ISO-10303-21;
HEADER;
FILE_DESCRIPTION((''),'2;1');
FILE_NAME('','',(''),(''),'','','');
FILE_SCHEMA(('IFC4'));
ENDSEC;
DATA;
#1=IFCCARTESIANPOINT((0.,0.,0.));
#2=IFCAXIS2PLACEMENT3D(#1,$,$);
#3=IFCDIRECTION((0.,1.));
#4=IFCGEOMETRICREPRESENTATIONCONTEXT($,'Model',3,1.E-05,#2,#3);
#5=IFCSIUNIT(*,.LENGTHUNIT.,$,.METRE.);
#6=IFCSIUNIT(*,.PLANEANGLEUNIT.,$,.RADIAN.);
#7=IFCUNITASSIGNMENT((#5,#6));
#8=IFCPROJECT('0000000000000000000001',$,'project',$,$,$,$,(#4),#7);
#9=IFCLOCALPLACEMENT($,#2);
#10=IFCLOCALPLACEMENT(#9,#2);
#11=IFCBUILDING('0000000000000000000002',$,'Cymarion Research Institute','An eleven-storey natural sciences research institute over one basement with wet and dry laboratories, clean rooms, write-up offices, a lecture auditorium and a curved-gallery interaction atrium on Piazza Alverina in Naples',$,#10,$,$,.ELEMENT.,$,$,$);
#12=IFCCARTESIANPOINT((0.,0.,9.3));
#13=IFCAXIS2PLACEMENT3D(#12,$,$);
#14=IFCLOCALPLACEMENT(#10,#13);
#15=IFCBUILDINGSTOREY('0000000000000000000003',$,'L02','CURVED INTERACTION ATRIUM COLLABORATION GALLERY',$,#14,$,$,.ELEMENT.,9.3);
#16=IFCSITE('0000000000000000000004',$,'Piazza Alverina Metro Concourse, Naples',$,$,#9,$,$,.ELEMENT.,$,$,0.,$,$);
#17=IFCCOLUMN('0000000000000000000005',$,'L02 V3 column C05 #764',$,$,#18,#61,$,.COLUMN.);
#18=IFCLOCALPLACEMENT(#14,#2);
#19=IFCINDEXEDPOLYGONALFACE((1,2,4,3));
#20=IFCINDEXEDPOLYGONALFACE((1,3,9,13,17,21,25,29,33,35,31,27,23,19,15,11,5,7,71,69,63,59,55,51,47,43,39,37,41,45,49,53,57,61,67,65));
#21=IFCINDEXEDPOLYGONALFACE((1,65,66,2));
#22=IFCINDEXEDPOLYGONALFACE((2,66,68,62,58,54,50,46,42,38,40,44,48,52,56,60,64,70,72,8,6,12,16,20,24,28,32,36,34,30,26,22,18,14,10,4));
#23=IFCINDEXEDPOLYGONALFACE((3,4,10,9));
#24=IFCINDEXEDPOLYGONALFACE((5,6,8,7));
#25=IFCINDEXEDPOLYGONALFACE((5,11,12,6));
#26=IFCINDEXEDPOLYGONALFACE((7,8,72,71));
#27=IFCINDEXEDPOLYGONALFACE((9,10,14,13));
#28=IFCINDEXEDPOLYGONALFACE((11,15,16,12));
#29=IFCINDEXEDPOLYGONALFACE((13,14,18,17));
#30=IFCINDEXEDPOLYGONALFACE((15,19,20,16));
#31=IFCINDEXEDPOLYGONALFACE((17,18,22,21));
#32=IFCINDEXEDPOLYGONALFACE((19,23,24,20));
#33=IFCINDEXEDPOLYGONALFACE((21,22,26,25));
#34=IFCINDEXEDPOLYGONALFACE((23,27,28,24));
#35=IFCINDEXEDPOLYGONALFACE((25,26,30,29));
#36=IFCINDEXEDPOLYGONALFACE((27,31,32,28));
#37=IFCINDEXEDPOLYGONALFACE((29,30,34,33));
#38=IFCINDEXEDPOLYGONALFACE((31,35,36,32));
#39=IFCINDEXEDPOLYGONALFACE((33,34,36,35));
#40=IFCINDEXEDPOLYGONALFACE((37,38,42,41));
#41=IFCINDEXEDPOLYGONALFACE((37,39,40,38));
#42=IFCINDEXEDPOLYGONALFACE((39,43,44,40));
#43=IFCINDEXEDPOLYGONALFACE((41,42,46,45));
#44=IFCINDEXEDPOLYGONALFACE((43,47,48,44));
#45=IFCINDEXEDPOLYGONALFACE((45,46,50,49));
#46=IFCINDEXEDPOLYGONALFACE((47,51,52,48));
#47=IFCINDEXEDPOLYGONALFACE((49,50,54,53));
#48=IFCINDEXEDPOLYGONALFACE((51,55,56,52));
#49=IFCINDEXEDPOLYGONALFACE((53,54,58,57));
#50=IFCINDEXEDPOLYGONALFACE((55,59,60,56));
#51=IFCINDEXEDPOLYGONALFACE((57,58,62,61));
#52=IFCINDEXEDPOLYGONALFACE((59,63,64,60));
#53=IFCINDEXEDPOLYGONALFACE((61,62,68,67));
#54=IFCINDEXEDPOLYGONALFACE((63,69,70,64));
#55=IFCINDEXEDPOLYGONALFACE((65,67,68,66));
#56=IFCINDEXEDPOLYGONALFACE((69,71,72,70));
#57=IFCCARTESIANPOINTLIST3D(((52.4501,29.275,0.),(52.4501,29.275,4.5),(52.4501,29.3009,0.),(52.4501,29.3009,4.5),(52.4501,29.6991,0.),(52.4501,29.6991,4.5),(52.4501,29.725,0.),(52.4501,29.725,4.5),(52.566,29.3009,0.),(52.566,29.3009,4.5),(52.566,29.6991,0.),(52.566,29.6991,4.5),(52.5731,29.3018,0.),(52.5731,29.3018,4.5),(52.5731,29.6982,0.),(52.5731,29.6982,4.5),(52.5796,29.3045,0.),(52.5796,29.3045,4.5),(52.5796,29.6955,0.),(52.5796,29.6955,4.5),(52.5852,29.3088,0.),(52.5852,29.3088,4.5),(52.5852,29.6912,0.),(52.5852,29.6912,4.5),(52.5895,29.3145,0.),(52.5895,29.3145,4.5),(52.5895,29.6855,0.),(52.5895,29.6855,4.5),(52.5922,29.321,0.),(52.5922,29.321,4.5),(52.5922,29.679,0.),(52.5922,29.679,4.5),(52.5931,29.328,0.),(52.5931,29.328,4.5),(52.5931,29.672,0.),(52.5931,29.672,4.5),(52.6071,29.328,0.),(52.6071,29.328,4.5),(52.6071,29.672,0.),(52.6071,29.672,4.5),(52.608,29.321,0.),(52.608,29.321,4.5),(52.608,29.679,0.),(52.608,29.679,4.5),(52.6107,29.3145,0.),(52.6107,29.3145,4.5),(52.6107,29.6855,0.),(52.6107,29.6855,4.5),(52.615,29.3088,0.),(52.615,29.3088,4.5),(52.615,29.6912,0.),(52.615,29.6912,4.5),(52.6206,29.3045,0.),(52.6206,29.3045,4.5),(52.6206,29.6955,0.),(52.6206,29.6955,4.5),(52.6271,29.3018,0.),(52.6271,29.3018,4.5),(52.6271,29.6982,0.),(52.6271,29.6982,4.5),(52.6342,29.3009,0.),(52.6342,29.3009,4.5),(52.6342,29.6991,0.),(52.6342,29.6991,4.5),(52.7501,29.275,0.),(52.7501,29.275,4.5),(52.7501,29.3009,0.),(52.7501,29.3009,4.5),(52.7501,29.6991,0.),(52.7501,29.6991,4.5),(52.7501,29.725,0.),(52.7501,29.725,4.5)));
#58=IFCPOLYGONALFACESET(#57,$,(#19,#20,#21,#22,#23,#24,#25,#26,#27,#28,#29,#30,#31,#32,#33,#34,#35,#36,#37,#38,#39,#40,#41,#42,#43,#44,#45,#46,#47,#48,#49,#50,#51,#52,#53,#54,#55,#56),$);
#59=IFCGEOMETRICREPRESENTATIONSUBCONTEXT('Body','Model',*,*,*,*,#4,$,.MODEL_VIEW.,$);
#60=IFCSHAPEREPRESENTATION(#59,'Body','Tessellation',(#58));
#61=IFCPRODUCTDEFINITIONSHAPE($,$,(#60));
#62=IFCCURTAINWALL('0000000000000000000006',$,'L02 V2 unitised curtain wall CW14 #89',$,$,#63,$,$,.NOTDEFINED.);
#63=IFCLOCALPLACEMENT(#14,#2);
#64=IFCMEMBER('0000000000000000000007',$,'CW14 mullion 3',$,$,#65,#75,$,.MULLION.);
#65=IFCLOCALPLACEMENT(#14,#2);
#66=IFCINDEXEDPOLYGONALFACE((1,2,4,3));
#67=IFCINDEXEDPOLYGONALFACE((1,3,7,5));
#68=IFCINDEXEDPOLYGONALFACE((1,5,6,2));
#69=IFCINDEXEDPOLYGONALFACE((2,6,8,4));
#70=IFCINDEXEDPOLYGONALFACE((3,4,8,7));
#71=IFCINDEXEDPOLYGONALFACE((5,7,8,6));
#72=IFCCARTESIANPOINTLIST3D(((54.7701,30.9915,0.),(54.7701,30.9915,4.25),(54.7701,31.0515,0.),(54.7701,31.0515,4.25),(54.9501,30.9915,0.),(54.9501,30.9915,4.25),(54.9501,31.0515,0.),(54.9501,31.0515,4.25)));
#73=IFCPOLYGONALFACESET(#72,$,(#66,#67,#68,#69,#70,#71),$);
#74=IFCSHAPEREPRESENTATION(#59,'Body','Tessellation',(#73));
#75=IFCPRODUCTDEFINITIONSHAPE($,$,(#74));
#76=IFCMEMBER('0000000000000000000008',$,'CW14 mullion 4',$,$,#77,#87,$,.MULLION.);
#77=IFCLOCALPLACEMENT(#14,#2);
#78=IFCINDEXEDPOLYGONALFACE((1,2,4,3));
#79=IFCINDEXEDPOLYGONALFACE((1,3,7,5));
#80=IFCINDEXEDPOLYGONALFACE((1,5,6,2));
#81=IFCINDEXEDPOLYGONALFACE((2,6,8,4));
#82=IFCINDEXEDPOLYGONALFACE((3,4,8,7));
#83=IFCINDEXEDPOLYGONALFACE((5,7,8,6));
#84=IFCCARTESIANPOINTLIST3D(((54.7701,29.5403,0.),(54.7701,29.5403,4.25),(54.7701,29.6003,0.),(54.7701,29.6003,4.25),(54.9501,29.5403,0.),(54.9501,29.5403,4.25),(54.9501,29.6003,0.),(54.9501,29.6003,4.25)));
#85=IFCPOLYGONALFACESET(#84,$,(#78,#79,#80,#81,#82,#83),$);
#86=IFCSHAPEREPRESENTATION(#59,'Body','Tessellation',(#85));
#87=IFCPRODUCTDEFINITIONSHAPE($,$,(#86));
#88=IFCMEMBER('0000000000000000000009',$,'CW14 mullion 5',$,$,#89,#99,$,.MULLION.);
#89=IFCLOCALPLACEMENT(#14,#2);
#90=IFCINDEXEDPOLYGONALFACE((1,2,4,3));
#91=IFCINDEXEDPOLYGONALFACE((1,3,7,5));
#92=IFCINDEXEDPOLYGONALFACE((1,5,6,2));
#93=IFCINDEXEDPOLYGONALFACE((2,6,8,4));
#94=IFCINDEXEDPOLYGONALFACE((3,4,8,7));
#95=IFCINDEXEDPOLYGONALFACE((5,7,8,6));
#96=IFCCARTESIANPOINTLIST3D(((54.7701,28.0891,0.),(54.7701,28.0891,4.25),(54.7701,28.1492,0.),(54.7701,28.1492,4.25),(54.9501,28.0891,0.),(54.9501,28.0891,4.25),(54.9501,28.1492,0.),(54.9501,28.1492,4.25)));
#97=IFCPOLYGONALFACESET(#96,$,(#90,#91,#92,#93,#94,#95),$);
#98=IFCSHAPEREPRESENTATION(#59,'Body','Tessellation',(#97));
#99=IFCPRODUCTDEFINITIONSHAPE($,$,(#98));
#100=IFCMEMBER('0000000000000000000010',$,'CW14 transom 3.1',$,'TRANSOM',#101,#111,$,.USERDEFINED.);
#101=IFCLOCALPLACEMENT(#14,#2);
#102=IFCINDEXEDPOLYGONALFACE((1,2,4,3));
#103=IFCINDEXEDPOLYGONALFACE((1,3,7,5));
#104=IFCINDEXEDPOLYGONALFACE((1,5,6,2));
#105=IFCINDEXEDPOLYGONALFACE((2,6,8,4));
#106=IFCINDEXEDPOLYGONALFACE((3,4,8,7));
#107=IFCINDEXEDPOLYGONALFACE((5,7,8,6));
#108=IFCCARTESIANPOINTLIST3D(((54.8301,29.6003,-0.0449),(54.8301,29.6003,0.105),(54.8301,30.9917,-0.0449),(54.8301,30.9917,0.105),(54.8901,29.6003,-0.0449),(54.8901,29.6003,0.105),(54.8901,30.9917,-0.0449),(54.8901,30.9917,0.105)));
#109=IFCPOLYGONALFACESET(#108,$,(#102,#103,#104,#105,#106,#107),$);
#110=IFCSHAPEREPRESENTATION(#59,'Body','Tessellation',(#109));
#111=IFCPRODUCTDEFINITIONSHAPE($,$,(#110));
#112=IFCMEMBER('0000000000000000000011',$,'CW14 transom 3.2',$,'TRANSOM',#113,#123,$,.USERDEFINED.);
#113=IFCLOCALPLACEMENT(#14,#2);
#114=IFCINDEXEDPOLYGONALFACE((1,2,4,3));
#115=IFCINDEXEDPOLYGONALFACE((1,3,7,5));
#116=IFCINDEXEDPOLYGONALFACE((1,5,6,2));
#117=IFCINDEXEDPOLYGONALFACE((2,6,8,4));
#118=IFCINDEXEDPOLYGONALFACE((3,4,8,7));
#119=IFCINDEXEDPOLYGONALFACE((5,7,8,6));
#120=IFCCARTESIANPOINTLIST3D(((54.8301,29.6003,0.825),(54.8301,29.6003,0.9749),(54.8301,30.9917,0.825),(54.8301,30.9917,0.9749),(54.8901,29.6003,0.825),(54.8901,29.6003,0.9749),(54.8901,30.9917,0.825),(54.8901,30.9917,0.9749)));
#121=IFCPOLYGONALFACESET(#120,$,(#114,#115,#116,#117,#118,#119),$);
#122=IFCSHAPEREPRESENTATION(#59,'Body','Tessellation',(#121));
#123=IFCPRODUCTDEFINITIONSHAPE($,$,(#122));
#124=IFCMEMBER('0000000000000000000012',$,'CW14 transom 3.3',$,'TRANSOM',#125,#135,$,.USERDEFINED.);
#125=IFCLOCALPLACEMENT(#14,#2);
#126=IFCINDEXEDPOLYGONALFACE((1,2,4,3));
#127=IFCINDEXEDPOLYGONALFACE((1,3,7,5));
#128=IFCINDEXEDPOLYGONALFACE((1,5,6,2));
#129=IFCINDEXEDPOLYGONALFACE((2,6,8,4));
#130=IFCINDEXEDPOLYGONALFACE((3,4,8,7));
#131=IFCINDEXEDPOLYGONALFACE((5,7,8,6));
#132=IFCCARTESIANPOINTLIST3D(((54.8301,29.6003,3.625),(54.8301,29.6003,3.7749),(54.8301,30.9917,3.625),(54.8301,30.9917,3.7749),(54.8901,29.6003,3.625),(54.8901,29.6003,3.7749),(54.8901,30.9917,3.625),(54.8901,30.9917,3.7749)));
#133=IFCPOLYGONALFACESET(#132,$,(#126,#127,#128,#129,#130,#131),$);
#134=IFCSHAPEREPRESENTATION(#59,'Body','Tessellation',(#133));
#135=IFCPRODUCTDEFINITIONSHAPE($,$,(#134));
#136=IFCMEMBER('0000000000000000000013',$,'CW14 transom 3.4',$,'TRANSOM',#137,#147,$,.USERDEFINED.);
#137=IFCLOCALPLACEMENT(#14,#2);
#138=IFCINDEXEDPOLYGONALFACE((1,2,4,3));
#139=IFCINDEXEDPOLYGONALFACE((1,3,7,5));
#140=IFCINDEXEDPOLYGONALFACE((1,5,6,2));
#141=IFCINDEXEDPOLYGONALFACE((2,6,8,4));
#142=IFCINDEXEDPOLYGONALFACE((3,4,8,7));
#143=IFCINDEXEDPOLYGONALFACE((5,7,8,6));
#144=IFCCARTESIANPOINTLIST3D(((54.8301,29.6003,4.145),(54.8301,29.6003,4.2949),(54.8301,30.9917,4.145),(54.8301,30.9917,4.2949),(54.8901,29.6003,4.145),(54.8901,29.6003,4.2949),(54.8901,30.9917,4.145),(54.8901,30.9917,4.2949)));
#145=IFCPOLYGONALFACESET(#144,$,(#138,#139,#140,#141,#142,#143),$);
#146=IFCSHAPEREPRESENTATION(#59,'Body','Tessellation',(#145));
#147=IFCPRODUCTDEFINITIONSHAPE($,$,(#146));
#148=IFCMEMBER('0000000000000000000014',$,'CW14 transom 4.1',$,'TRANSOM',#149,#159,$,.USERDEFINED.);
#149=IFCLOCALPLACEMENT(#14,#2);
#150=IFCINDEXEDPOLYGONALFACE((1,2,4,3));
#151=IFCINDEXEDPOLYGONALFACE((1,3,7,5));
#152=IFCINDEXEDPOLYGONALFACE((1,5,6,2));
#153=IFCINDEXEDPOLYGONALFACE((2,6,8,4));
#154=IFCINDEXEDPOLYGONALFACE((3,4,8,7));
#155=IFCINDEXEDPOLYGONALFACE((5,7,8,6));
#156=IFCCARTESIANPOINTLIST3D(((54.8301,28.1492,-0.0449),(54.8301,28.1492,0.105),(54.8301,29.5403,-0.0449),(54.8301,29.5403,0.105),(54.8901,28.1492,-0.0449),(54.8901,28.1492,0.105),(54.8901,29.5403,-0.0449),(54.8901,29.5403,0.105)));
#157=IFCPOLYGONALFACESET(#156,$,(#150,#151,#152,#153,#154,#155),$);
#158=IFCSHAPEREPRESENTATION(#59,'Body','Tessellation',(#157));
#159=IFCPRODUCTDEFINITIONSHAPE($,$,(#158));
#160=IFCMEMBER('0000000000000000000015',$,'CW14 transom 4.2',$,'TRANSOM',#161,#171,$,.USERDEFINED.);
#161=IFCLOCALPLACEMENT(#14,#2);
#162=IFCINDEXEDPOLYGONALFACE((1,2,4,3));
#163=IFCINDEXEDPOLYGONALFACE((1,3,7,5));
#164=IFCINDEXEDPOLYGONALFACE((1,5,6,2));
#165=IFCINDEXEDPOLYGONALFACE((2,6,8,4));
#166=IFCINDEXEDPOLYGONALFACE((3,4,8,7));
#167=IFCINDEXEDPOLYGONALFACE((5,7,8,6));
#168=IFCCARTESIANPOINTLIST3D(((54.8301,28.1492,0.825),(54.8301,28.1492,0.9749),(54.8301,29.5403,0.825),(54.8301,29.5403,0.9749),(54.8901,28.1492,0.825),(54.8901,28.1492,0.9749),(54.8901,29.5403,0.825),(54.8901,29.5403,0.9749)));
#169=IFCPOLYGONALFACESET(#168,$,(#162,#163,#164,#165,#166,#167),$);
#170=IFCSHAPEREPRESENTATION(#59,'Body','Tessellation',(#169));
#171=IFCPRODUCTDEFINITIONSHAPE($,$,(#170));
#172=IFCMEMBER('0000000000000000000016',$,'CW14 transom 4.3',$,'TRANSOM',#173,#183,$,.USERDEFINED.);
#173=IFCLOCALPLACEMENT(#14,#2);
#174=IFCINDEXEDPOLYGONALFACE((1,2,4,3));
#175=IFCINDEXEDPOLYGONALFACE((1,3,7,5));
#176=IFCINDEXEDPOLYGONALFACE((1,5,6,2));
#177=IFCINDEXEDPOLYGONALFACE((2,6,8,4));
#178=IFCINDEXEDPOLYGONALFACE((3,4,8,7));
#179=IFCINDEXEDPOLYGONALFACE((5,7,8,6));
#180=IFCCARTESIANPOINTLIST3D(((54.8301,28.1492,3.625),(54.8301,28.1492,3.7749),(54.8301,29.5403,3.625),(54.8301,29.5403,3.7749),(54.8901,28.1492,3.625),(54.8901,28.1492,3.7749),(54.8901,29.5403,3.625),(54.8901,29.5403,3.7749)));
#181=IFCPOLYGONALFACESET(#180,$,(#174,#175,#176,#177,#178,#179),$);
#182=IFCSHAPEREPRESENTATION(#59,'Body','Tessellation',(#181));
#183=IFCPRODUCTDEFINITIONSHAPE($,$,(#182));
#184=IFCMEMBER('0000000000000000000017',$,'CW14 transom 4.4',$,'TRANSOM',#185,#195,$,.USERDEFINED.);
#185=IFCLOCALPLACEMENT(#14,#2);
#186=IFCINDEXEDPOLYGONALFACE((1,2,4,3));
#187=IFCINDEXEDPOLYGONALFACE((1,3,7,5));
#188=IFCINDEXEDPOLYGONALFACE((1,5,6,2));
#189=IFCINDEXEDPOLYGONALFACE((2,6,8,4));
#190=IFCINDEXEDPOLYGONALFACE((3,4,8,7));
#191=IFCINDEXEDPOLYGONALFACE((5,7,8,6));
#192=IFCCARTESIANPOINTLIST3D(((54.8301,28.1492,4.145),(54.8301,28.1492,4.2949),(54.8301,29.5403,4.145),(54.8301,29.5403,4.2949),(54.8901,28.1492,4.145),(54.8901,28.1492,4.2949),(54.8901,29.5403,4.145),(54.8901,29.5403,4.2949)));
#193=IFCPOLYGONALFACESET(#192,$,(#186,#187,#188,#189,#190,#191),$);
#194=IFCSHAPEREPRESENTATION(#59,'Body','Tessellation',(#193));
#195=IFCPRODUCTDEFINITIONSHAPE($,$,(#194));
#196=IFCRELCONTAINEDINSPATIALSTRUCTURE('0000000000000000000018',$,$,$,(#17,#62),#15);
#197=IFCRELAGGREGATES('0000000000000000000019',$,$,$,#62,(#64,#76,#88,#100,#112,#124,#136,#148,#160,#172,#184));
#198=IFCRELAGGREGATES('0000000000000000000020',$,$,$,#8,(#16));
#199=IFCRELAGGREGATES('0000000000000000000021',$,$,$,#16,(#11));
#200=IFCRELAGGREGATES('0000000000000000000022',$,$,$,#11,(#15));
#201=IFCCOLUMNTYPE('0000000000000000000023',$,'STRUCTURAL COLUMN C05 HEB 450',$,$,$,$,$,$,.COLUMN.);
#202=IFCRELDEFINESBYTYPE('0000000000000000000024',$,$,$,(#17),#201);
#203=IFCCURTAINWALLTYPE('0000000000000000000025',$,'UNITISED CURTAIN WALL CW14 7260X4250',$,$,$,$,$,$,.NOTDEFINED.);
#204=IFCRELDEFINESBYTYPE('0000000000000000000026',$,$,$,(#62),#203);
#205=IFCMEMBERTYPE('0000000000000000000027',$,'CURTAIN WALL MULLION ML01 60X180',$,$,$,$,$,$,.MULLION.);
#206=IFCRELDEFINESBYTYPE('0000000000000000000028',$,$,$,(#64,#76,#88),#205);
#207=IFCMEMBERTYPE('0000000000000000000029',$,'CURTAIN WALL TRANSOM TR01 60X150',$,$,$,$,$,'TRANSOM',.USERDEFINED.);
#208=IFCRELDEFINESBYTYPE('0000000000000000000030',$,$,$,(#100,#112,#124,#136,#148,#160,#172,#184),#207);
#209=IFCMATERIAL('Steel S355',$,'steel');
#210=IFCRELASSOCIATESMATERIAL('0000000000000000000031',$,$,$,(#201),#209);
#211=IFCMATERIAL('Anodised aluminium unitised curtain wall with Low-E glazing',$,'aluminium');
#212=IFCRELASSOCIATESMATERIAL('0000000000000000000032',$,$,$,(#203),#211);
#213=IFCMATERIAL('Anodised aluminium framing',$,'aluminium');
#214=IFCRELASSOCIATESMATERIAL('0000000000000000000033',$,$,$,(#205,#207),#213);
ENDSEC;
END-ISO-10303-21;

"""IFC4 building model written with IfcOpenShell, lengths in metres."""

from ifc_helpers import new_model, si_unit, direction, frame, origin, origin_2d, place, context, subcontext, project, spatial, rectangle, i_section, extrude, material, material_profile, profile_set, type_object, element, aggregate, save


model = new_model("IFC4")

# Units and contexts
model_context = context("Model", 3, precision=1e-05, world=origin(), true_north=direction((0.0, 1.0)))
body_context = subcontext(model_context, "Body", "Model", "MODEL_VIEW")
ifc_project = project(units=[si_unit("LENGTHUNIT", "METRE"), si_unit("PLANEANGLEUNIT", "RADIAN")], contexts=[model_context])

# Site, building, storey
site_placement = place(None, origin())
site = spatial("IfcSite", under=ifc_project, at=site_placement, Name="Piazza Alverina Metro Concourse, Naples", CompositionType="ELEMENT", RefElevation=0.0)
building_placement = place(site_placement, origin())
building = spatial("IfcBuilding", under=site, at=building_placement, Name="Cymarion Research Institute", Description="An eleven-storey natural sciences research institute over one basement with wet and dry laboratories, clean rooms, write-up offices, a lecture auditorium and a curved-gallery interaction atrium on Piazza Alverina in Naples", CompositionType="ELEMENT")
storey_placement = place(building_placement, frame((0.0, 0.0, 9.3)))
storey = spatial("IfcBuildingStorey", under=building, at=storey_placement, Name="L02", Description="CURVED INTERACTION ATRIUM COLLABORATION GALLERY", CompositionType="ELEMENT", Elevation=9.3)

# Column
ifc_material_1 = material(Name="Steel S355", Category="steel")
ifc_material_profile_1 = material_profile(ifc_material_1, i_section(OverallWidth=0.3, OverallDepth=0.45, WebThickness=0.0139, FlangeThickness=0.0259, FilletRadius=0.0271, at=origin_2d()), Name="HEB 450")
ifc_profile_set_1 = profile_set([ifc_material_profile_1], Name="Steel S355")
column_type = type_object("IfcColumnType", Name="STRUCTURAL COLUMN C05 HEB 450", PredefinedType="COLUMN", material=ifc_profile_set_1)
column_placement = place(storey_placement, frame((52.6001, 29.5, 0.0), z_axis=(0.0, 0.0, 1.0), x_axis=(1.0, 0.0, 0.0)))
element("IfcColumn", 1, at=column_placement, inside=storey, type_object=column_type, Name="L02 V3 column C05 #764", PredefinedType="COLUMN", context=body_context, shape_type="SweptSolid", body=[
    extrude(i_section(OverallWidth=0.3, OverallDepth=0.45, WebThickness=0.0139, FlangeThickness=0.0259, FilletRadius=0.0271, at=origin_2d()), origin(), (0.0, 0.0, 1.0), 4.5),
])

# Curtain wall, members
ifc_material_2 = material(Name="Anodised aluminium unitised curtain wall with Low-E glazing", Category="aluminium")
curtain_wall_type = type_object("IfcCurtainWallType", Name="UNITISED CURTAIN WALL CW14 7260X4250", PredefinedType="NOTDEFINED", material=ifc_material_2)
curtain_wall_placement = place(storey_placement, origin())
curtain_wall = element("IfcCurtainWall", 2, at=curtain_wall_placement, inside=storey, type_object=curtain_wall_type, Name="L02 V2 unitised curtain wall CW14 #89", PredefinedType="NOTDEFINED")
ifc_material_3 = material(Name="Anodised aluminium framing", Category="aluminium")
ifc_material_profile_2 = material_profile(ifc_material_3, rectangle(XDim=0.0601, YDim=0.1799, at=origin_2d()), Name="ALU MULLION 60x180")
ifc_profile_set_2 = profile_set([ifc_material_profile_2], Name="Anodised aluminium framing")
member_type_1 = type_object("IfcMemberType", Name="CURTAIN WALL MULLION ML01 60X180", PredefinedType="MULLION", material=ifc_profile_set_2)
member_1_placement = place(storey_placement, frame((54.8601, 31.0215, 0.0), z_axis=(0.0, 0.0, 1.0), x_axis=(0.0, -1.0, 0.0)))
member_1 = element("IfcMember", 3, at=member_1_placement, type_object=member_type_1, Name="CW14 mullion 3", PredefinedType="MULLION", context=body_context, shape_type="SweptSolid", body=[
    extrude(rectangle(XDim=0.0601, YDim=0.1799, at=origin_2d()), origin(), (0.0, 0.0, 1.0), 4.25),
])
member_2_placement = place(storey_placement, frame((54.8601, 29.5703, 0.0), z_axis=(0.0, 0.0, 1.0), x_axis=(0.0, -1.0, 0.0)))
member_2 = element("IfcMember", 4, at=member_2_placement, type_object=member_type_1, Name="CW14 mullion 4", PredefinedType="MULLION", context=body_context, shape_type="SweptSolid", body=[
    extrude(rectangle(XDim=0.0601, YDim=0.1799, at=origin_2d()), origin(), (0.0, 0.0, 1.0), 4.25),
])
member_3_placement = place(storey_placement, frame((54.8601, 28.1191, 0.0), z_axis=(0.0, 0.0, 1.0), x_axis=(0.0, -1.0, 0.0)))
member_3 = element("IfcMember", 5, at=member_3_placement, type_object=member_type_1, Name="CW14 mullion 5", PredefinedType="MULLION", context=body_context, shape_type="SweptSolid", body=[
    extrude(rectangle(XDim=0.0601, YDim=0.1799, at=origin_2d()), origin(), (0.0, 0.0, 1.0), 4.25),
])
ifc_material_profile_3 = material_profile(ifc_material_3, rectangle(XDim=0.0601, YDim=0.1499, at=origin_2d()), Name="ALU TRANSOM 60x150")
ifc_profile_set_3 = profile_set([ifc_material_profile_3], Name="Anodised aluminium framing")
member_type_2 = type_object("IfcMemberType", Name="CURTAIN WALL TRANSOM TR01 60X150", ElementType="TRANSOM", PredefinedType="USERDEFINED", material=ifc_profile_set_3)
member_4_placement = place(storey_placement, frame((54.8601, 30.9917, 0.03), z_axis=(0.0, -1.0, 0.0), x_axis=(1.0, 0.0, 0.0)))
member_4 = element("IfcMember", 6, at=member_4_placement, type_object=member_type_2, Name="CW14 transom 3.1", ObjectType="TRANSOM", PredefinedType="USERDEFINED", context=body_context, shape_type="SweptSolid", body=[
    extrude(rectangle(XDim=0.0601, YDim=0.1499, at=origin_2d()), origin(), (0.0, 0.0, 1.0), 1.3914),
])
member_5_placement = place(storey_placement, frame((54.8601, 30.9917, 0.8999), z_axis=(0.0, -1.0, 0.0), x_axis=(1.0, 0.0, 0.0)))
member_5 = element("IfcMember", 7, at=member_5_placement, type_object=member_type_2, Name="CW14 transom 3.2", ObjectType="TRANSOM", PredefinedType="USERDEFINED", context=body_context, shape_type="SweptSolid", body=[
    extrude(rectangle(XDim=0.0601, YDim=0.1499, at=origin_2d()), origin(), (0.0, 0.0, 1.0), 1.3914),
])
member_6_placement = place(storey_placement, frame((54.8601, 30.9917, 3.7), z_axis=(0.0, -1.0, 0.0), x_axis=(1.0, 0.0, 0.0)))
member_6 = element("IfcMember", 8, at=member_6_placement, type_object=member_type_2, Name="CW14 transom 3.3", ObjectType="TRANSOM", PredefinedType="USERDEFINED", context=body_context, shape_type="SweptSolid", body=[
    extrude(rectangle(XDim=0.0601, YDim=0.1499, at=origin_2d()), origin(), (0.0, 0.0, 1.0), 1.3914),
])
member_7_placement = place(storey_placement, frame((54.8601, 30.9917, 4.22), z_axis=(0.0, -1.0, 0.0), x_axis=(1.0, 0.0, 0.0)))
member_7 = element("IfcMember", 9, at=member_7_placement, type_object=member_type_2, Name="CW14 transom 3.4", ObjectType="TRANSOM", PredefinedType="USERDEFINED", context=body_context, shape_type="SweptSolid", body=[
    extrude(rectangle(XDim=0.0601, YDim=0.1499, at=origin_2d()), origin(), (0.0, 0.0, 1.0), 1.3914),
])
member_8_placement = place(storey_placement, frame((54.8601, 29.5403, 0.03), z_axis=(0.0, -1.0, 0.0), x_axis=(1.0, 0.0, 0.0)))
member_8 = element("IfcMember", 10, at=member_8_placement, type_object=member_type_2, Name="CW14 transom 4.1", ObjectType="TRANSOM", PredefinedType="USERDEFINED", context=body_context, shape_type="SweptSolid", body=[
    extrude(rectangle(XDim=0.0601, YDim=0.1499, at=origin_2d()), origin(), (0.0, 0.0, 1.0), 1.3911),
])
member_9_placement = place(storey_placement, frame((54.8601, 29.5403, 0.8999), z_axis=(0.0, -1.0, 0.0), x_axis=(1.0, 0.0, 0.0)))
member_9 = element("IfcMember", 11, at=member_9_placement, type_object=member_type_2, Name="CW14 transom 4.2", ObjectType="TRANSOM", PredefinedType="USERDEFINED", context=body_context, shape_type="SweptSolid", body=[
    extrude(rectangle(XDim=0.0601, YDim=0.1499, at=origin_2d()), origin(), (0.0, 0.0, 1.0), 1.3911),
])
member_10_placement = place(storey_placement, frame((54.8601, 29.5403, 3.7), z_axis=(0.0, -1.0, 0.0), x_axis=(1.0, 0.0, 0.0)))
member_10 = element("IfcMember", 12, at=member_10_placement, type_object=member_type_2, Name="CW14 transom 4.3", ObjectType="TRANSOM", PredefinedType="USERDEFINED", context=body_context, shape_type="SweptSolid", body=[
    extrude(rectangle(XDim=0.0601, YDim=0.1499, at=origin_2d()), origin(), (0.0, 0.0, 1.0), 1.3911),
])
member_11_placement = place(storey_placement, frame((54.8601, 29.5403, 4.22), z_axis=(0.0, -1.0, 0.0), x_axis=(1.0, 0.0, 0.0)))
member_11 = element("IfcMember", 13, at=member_11_placement, type_object=member_type_2, Name="CW14 transom 4.4", ObjectType="TRANSOM", PredefinedType="USERDEFINED", context=body_context, shape_type="SweptSolid", body=[
    extrude(rectangle(XDim=0.0601, YDim=0.1499, at=origin_2d()), origin(), (0.0, 0.0, 1.0), 1.3911),
])

aggregate(curtain_wall, [member_1, member_2, member_3, member_4, member_5, member_6, member_7, member_8, member_9, member_10, member_11])

save(model, "model.ifc")
